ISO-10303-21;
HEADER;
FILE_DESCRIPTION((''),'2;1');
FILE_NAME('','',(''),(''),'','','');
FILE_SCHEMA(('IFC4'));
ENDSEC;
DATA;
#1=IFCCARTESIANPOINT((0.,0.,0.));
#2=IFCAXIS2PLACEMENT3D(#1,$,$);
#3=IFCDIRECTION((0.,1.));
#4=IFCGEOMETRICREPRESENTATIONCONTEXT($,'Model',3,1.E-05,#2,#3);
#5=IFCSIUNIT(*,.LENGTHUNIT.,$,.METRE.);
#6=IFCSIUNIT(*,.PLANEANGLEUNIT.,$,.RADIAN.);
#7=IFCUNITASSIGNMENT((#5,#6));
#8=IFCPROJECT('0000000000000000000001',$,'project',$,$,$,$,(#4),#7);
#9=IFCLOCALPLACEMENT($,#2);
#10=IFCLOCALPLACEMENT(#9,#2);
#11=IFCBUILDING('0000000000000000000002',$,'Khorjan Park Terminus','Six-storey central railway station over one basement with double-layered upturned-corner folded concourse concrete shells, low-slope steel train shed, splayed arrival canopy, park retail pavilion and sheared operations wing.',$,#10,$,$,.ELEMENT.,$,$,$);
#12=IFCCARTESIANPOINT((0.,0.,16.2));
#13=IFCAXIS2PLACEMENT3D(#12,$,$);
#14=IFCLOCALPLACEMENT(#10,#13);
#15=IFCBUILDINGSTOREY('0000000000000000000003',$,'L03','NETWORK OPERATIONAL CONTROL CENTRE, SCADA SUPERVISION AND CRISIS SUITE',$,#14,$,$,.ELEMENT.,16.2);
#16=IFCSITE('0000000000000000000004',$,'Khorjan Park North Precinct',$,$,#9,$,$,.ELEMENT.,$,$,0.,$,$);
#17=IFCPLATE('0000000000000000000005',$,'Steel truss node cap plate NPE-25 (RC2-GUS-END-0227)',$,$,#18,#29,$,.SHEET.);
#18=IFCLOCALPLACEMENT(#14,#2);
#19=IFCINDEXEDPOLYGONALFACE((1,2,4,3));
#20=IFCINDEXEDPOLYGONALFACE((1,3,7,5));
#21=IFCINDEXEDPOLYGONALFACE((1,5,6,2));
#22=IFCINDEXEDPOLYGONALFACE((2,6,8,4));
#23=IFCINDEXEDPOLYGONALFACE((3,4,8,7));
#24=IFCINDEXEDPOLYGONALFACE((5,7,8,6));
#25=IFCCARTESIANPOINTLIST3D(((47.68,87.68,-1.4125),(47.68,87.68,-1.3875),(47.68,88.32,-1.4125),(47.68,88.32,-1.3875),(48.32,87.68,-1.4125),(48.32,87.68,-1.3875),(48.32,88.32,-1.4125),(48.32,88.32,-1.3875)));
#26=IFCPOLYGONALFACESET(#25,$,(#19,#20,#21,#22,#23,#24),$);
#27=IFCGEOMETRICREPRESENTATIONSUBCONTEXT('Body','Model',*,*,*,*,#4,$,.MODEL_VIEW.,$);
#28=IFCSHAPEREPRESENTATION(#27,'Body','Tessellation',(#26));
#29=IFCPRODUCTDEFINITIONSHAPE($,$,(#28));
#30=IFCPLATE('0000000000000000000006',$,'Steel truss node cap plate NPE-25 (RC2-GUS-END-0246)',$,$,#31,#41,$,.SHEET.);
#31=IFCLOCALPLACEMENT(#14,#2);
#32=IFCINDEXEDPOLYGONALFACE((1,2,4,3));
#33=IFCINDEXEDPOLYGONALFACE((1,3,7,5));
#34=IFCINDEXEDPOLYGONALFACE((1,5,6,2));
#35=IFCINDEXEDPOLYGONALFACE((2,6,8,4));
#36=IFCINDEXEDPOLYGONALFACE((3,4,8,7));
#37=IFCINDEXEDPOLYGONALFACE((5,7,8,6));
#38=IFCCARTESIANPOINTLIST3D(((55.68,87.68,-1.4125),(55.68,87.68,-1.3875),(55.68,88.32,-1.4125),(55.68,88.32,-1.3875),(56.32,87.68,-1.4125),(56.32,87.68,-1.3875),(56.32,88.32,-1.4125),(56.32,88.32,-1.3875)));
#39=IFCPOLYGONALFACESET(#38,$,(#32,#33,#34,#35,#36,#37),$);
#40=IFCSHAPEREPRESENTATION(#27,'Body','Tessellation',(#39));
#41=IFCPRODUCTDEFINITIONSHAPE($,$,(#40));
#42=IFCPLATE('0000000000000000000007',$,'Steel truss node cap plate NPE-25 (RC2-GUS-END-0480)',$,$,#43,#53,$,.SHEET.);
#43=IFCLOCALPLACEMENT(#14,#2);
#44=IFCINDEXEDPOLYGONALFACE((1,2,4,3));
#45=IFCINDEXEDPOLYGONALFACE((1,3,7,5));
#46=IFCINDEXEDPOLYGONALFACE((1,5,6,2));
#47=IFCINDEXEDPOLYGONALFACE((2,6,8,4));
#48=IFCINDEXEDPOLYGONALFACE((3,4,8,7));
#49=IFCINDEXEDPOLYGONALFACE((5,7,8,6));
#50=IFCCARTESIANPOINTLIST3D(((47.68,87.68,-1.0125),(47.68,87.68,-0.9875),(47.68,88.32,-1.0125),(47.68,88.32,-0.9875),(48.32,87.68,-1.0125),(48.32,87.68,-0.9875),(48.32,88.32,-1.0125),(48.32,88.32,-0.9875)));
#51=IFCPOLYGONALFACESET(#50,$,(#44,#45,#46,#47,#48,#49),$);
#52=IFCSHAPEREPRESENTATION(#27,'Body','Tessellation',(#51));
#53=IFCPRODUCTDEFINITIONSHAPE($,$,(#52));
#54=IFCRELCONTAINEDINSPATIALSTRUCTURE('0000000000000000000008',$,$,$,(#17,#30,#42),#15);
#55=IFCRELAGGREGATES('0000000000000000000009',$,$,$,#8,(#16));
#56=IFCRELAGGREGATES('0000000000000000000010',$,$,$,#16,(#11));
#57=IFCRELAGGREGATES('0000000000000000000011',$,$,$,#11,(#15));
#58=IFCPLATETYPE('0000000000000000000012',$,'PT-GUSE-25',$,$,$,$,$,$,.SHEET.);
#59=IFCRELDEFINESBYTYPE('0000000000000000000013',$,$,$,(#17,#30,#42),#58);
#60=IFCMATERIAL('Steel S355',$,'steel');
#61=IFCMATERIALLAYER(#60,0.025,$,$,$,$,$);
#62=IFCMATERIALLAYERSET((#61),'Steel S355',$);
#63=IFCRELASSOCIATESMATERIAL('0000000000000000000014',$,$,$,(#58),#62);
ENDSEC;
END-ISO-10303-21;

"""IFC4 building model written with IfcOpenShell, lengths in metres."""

from ifc_helpers import new_model, si_unit, direction, frame, origin, origin_2d, place, context, subcontext, project, spatial, rectangle, extrude, material, layer, layer_set, type_object, element, save


model = new_model("IFC4")

# Units and contexts
model_context = context("Model", 3, precision=1e-05, world=origin(), true_north=direction((0.0, 1.0)))
body_context = subcontext(model_context, "Body", "Model", "MODEL_VIEW")
ifc_project = project(units=[si_unit("LENGTHUNIT", "METRE"), si_unit("PLANEANGLEUNIT", "RADIAN")], contexts=[model_context])

# Site, building, storey
site_placement = place(None, origin())
site = spatial("IfcSite", under=ifc_project, at=site_placement, Name="Khorjan Park North Precinct", CompositionType="ELEMENT", RefElevation=0.0)
building_placement = place(site_placement, origin())
building = spatial("IfcBuilding", under=site, at=building_placement, Name="Khorjan Park Terminus", Description="Six-storey central railway station over one basement with double-layered upturned-corner folded concourse concrete shells, low-slope steel train shed, splayed arrival canopy, park retail pavilion and sheared operations wing.", CompositionType="ELEMENT")
storey_placement = place(building_placement, frame((0.0, 0.0, 16.2)))
storey = spatial("IfcBuildingStorey", under=building, at=storey_placement, Name="L03", Description="NETWORK OPERATIONAL CONTROL CENTRE, SCADA SUPERVISION AND CRISIS SUITE", CompositionType="ELEMENT", Elevation=16.2)

# Shared definitions
ifc_material_1 = material(Name="Steel S355", Category="steel")

# Plates
ifc_layer_1 = layer(ifc_material_1, 0.025)
ifc_layer_set_1 = layer_set([ifc_layer_1], Name="Steel S355")
plate_type_1 = type_object("IfcPlateType", Name="PT-GUSE-25", PredefinedType="SHEET", material=ifc_layer_set_1)
for number, where, z_axis, x_axis, name in (
    (1, (48.0, 88.0, -1.4125), (0.0, 0.0, 1.0), (1.0, 0.0, 0.0), "Steel truss node cap plate NPE-25 (RC2-GUS-END-0227)"),
    (2, (56.0, 88.0, -1.4125), (0.0, 0.0, 1.0), (1.0, 0.0, 0.0), "Steel truss node cap plate NPE-25 (RC2-GUS-END-0246)"),
    (3, (48.0, 88.0, -1.0125), (0.0, 0.0, 1.0), (1.0, 0.0, 0.0), "Steel truss node cap plate NPE-25 (RC2-GUS-END-0480)"),
):
    element("IfcPlate", number, at=place(storey_placement, frame(where, z_axis=z_axis, x_axis=x_axis)), inside=storey, type_object=plate_type_1, Name=name, PredefinedType="SHEET", context=body_context, shape_type="SweptSolid", body=[
        extrude(rectangle(XDim=0.64, YDim=0.64, at=origin_2d()), origin(), (0.0, 0.0, 1.0), 0.025),
    ])

save(model, "model.ifc")
